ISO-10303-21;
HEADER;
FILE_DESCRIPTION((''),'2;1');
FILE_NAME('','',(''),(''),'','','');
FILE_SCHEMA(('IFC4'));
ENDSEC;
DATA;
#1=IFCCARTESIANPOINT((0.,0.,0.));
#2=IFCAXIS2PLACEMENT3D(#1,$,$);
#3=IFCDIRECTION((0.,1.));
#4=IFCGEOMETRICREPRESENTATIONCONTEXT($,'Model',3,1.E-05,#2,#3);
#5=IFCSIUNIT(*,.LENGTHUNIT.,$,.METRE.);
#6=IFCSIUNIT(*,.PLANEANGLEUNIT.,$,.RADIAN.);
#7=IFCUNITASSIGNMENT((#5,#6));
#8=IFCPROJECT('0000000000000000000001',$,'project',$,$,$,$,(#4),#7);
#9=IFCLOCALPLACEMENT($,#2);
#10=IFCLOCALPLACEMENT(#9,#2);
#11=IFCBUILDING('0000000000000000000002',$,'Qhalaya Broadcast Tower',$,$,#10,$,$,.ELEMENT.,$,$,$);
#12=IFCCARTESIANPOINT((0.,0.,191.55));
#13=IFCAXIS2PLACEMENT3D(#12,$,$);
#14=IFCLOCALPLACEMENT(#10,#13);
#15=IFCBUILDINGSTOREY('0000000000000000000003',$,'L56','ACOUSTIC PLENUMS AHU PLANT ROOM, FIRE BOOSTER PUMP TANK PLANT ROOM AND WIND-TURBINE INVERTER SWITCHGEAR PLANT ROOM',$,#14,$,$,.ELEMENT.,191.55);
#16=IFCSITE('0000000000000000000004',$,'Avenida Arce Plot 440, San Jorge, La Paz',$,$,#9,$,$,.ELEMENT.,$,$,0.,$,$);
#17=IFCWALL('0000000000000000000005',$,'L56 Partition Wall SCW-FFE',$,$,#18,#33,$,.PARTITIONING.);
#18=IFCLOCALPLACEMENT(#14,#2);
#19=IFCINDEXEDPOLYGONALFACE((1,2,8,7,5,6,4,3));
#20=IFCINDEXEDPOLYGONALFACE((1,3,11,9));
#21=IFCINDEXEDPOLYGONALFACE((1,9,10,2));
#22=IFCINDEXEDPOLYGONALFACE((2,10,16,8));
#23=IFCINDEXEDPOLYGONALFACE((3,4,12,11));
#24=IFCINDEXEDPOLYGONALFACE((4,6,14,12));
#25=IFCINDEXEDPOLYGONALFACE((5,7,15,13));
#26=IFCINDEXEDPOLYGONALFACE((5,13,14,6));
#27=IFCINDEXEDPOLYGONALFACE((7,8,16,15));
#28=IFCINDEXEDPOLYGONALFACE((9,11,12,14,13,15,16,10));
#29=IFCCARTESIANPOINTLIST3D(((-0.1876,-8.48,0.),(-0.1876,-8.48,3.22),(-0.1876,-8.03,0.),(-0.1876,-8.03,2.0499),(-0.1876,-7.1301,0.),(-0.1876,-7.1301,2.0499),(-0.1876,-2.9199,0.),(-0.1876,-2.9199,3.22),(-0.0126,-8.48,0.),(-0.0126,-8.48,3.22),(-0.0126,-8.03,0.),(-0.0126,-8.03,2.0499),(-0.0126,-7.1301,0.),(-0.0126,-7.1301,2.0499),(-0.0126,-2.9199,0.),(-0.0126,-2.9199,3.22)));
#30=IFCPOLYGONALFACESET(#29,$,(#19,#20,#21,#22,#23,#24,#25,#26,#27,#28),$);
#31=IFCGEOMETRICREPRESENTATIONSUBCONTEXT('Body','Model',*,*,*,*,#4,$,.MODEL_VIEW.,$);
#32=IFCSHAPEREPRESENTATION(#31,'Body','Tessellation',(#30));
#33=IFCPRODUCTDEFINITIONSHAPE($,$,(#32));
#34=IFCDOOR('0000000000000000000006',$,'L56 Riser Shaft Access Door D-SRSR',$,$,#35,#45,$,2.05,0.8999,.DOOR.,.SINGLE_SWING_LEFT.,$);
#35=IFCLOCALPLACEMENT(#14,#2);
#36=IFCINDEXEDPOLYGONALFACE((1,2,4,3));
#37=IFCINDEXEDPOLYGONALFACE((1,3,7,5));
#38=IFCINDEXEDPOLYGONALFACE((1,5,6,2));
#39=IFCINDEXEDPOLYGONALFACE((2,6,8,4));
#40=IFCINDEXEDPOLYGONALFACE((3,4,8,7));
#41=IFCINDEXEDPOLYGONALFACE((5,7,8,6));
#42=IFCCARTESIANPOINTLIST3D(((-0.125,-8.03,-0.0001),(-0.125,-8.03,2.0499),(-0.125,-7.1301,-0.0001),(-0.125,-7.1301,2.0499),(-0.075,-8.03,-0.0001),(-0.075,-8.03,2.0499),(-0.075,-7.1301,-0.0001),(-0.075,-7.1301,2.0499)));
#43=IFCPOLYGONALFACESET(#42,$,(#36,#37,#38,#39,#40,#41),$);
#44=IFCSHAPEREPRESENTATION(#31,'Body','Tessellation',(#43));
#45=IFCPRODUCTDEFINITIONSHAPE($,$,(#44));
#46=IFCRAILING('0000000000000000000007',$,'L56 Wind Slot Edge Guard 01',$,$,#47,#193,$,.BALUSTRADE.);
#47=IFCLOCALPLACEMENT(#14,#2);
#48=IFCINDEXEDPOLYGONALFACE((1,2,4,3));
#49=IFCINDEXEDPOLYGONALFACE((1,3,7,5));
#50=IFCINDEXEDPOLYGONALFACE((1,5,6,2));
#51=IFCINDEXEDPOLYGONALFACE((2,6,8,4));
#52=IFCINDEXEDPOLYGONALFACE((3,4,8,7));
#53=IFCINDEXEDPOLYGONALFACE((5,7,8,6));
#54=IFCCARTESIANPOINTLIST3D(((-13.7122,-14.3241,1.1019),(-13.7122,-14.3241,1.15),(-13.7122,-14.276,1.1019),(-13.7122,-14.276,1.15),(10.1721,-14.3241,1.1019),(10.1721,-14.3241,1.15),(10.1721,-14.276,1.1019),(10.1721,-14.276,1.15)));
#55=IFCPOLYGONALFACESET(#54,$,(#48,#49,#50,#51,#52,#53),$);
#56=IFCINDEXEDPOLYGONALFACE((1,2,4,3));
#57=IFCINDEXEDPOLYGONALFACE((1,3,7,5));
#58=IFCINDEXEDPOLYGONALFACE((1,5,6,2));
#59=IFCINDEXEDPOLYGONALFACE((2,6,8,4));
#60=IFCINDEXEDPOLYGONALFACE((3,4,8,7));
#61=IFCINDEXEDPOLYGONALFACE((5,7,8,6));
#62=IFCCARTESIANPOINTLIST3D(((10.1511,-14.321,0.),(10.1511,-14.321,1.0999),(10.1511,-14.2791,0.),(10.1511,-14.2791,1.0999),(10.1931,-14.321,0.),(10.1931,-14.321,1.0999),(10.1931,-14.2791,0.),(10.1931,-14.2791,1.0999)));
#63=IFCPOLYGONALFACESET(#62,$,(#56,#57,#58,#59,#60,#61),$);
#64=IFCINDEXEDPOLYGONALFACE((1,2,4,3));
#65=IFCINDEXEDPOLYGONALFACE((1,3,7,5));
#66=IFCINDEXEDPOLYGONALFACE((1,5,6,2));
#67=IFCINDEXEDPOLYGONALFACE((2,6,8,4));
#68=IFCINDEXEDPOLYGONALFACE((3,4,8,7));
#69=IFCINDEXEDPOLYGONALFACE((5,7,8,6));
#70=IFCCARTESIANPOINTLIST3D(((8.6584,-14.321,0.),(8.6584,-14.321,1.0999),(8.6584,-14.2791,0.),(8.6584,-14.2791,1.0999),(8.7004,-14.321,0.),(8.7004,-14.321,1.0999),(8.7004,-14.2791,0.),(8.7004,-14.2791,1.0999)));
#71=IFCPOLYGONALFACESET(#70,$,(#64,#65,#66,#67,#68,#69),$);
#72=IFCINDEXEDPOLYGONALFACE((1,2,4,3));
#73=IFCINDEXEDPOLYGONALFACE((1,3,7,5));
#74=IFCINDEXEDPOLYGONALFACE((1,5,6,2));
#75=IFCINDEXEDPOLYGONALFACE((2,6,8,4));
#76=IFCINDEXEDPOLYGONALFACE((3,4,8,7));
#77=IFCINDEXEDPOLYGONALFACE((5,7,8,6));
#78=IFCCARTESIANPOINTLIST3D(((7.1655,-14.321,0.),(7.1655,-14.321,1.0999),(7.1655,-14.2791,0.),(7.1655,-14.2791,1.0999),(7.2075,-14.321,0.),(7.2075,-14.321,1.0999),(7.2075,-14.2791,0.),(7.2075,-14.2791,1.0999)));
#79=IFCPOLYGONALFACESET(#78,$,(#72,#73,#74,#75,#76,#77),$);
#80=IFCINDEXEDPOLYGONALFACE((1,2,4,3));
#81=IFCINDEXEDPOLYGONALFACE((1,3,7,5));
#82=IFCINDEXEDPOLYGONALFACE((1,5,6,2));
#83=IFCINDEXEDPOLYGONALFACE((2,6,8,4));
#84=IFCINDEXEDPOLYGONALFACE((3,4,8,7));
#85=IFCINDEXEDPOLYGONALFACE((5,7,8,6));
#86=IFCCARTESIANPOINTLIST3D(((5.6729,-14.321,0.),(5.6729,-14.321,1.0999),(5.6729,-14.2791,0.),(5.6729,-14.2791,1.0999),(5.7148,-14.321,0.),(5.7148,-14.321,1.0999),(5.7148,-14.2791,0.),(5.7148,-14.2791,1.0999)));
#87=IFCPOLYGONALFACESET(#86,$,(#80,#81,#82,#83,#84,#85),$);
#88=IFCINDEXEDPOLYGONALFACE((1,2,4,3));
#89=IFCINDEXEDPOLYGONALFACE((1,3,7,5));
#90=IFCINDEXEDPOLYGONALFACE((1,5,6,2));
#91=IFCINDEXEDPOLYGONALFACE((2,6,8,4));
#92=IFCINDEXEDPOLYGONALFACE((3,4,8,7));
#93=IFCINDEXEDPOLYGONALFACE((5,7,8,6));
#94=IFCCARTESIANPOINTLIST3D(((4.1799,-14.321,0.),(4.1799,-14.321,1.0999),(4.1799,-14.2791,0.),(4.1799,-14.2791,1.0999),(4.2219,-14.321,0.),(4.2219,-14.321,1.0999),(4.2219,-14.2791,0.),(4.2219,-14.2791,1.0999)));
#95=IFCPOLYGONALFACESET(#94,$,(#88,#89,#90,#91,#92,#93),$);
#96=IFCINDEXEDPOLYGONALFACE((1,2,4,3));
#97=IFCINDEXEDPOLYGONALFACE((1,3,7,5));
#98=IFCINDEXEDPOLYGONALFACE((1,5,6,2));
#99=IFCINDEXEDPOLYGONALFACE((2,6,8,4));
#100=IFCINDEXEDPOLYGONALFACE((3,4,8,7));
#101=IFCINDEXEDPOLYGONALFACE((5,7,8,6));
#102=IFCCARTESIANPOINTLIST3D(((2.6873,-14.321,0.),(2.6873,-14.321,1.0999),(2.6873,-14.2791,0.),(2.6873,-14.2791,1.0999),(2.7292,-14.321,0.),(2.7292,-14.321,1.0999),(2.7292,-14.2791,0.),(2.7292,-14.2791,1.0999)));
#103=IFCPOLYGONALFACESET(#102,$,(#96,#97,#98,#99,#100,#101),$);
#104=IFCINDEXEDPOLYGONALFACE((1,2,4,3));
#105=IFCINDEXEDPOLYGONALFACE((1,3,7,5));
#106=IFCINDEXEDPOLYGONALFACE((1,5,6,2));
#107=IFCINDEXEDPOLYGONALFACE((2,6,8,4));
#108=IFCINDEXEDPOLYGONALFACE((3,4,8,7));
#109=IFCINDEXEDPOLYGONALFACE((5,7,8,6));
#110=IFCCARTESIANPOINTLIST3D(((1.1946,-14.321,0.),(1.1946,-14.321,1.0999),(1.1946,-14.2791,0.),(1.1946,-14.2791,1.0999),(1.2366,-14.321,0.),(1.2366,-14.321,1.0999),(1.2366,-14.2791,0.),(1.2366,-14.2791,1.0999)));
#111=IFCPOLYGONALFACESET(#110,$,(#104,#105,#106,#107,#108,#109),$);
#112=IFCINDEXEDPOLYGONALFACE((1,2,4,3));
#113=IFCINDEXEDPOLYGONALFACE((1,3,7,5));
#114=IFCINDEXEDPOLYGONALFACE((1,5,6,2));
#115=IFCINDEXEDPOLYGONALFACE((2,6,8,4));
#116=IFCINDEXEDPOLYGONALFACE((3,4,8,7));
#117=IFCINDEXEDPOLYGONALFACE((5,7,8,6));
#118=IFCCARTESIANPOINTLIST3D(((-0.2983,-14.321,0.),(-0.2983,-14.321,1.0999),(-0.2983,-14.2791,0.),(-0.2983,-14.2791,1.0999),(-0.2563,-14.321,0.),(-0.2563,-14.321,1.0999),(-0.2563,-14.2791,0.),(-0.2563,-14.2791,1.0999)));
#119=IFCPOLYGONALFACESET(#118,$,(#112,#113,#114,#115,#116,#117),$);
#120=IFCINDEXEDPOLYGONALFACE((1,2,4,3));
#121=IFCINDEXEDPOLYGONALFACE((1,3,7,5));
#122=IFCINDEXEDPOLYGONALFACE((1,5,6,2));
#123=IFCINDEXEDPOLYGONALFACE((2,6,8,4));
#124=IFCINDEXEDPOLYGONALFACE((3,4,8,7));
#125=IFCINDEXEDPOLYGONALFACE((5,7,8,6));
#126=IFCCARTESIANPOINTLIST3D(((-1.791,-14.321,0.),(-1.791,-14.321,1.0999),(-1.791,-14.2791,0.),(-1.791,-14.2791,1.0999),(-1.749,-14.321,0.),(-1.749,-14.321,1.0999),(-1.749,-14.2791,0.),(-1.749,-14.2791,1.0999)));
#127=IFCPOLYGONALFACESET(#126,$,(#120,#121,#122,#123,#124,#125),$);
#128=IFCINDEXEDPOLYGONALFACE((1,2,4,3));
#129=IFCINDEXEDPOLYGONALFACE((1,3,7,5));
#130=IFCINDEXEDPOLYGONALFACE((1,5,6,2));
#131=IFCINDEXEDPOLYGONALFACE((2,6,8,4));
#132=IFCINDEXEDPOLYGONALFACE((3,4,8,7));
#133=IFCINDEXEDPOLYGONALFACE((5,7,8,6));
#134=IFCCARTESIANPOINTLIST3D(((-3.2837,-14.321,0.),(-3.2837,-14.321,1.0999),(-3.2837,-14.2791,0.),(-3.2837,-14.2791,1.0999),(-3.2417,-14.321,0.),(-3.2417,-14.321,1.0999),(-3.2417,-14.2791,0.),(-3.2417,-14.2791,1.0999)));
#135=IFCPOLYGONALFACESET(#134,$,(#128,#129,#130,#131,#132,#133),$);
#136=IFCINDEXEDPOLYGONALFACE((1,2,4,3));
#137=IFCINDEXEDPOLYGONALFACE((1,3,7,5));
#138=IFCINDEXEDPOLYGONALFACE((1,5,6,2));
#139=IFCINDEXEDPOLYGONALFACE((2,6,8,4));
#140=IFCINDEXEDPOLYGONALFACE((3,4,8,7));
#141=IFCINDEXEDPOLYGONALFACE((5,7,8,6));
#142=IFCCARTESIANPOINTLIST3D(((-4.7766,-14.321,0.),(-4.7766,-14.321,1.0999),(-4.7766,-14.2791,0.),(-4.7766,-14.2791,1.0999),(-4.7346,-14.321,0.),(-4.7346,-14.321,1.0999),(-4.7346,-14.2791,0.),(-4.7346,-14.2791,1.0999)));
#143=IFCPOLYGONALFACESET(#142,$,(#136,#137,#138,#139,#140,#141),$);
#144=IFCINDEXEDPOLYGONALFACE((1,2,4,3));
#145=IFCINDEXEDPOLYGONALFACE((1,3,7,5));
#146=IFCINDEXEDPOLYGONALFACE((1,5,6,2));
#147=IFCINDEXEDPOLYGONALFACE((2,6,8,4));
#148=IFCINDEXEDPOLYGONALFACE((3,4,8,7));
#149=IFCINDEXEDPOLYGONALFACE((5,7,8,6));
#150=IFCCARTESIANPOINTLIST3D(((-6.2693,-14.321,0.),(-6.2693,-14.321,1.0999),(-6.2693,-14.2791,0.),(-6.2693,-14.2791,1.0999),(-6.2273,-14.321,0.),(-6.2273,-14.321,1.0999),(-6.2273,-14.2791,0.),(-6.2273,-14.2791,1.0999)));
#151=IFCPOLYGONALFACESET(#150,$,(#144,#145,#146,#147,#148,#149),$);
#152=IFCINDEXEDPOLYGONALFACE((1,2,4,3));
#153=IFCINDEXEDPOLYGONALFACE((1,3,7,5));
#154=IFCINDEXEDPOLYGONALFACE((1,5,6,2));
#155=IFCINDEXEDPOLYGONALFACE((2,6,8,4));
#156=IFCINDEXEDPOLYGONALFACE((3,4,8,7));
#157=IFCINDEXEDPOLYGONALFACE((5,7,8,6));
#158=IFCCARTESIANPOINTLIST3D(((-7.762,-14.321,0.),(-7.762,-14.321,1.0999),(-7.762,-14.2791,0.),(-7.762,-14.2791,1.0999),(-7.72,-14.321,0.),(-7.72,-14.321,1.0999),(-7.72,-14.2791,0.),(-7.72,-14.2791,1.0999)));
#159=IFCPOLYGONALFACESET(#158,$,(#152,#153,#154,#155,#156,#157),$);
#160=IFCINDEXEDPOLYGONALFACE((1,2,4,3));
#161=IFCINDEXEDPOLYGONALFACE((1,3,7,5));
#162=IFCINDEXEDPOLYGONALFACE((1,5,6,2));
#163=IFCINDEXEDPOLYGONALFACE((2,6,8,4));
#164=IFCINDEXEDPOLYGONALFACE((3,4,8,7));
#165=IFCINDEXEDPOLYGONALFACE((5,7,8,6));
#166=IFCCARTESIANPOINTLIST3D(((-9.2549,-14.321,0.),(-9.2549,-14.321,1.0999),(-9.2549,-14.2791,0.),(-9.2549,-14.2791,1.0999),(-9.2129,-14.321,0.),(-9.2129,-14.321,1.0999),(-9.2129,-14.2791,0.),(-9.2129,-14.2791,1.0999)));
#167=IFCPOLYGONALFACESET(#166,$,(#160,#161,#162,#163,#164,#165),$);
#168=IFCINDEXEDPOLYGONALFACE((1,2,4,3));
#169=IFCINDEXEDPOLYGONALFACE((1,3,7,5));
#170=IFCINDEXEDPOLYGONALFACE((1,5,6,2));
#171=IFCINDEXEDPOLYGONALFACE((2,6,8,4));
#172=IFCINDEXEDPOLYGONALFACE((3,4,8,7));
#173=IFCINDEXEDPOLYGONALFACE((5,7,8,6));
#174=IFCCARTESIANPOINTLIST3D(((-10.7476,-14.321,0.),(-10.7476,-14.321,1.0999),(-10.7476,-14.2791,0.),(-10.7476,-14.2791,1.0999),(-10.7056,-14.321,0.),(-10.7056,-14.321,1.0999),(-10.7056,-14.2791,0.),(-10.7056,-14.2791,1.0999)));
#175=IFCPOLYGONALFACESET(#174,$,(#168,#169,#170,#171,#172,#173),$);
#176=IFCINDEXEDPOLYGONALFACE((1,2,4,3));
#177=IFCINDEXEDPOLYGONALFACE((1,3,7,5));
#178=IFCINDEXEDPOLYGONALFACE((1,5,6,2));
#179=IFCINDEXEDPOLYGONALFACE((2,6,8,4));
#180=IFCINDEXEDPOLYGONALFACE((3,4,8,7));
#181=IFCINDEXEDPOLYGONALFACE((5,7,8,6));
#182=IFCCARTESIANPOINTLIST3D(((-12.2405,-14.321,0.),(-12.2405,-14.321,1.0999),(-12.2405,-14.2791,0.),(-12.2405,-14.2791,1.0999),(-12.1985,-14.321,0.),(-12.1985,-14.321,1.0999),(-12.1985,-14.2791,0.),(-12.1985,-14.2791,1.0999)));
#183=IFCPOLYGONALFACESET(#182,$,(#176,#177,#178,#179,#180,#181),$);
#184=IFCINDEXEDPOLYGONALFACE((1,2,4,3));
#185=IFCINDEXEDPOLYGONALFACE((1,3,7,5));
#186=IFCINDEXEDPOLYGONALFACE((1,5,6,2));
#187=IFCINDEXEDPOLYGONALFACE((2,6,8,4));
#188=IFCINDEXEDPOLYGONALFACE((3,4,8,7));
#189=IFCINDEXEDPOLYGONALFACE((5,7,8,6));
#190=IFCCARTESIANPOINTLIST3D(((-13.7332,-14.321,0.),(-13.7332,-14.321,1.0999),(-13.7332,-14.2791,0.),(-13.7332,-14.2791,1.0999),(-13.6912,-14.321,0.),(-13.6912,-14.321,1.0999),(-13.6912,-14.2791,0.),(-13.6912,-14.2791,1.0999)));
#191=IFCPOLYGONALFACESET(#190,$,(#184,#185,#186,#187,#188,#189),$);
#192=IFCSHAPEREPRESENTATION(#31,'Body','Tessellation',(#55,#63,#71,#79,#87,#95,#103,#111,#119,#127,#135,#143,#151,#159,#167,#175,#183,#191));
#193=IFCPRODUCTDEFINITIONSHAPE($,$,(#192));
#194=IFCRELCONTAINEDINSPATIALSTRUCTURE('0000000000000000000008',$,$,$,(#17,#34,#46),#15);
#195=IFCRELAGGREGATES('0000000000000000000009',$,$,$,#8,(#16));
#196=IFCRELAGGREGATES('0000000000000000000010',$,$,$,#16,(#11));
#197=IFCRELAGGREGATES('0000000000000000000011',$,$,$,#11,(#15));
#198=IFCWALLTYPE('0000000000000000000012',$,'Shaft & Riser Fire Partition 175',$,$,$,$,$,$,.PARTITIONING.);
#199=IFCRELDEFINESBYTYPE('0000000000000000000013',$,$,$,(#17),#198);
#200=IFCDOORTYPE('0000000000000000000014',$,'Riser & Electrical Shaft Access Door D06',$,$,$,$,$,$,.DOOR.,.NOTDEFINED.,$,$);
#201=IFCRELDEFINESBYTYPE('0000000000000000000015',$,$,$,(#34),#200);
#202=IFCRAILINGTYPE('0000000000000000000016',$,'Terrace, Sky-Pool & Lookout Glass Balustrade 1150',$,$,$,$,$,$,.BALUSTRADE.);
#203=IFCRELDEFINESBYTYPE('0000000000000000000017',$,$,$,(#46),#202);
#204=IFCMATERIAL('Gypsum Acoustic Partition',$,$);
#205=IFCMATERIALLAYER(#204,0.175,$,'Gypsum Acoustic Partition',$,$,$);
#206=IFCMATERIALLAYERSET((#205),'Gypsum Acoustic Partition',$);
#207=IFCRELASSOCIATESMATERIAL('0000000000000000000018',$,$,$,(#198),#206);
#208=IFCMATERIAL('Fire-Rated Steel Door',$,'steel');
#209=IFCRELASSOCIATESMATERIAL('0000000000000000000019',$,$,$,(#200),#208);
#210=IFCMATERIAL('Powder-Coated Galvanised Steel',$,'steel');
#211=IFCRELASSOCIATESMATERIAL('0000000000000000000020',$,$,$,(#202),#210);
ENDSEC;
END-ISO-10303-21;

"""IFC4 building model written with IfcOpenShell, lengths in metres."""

from ifc_helpers import new_model, si_unit, direction, frame, frame_2d, origin, origin_2d, place, context, subcontext, project, spatial, rectangle, extrude, material, layer, layer_set, type_object, element, fill, save


model = new_model("IFC4")

# Units and contexts
model_context = context("Model", 3, precision=1e-05, world=origin(), true_north=direction((0.0, 1.0)))
body_context = subcontext(model_context, "Body", "Model", "MODEL_VIEW")
ifc_project = project(units=[si_unit("LENGTHUNIT", "METRE"), si_unit("PLANEANGLEUNIT", "RADIAN")], contexts=[model_context])

# Site, building, storey
site_placement = place(None, origin())
site = spatial("IfcSite", under=ifc_project, at=site_placement, Name="Avenida Arce Plot 440, San Jorge, La Paz", CompositionType="ELEMENT", RefElevation=0.0)
building_placement = place(site_placement, origin())
building = spatial("IfcBuilding", under=site, at=building_placement, Name="Qhalaya Broadcast Tower", CompositionType="ELEMENT")
storey_placement = place(building_placement, frame((0.0, 0.0, 191.55)))
storey = spatial("IfcBuildingStorey", under=building, at=storey_placement, Name="L56", Description="ACOUSTIC PLENUMS AHU PLANT ROOM, FIRE BOOSTER PUMP TANK PLANT ROOM AND WIND-TURBINE INVERTER SWITCHGEAR PLANT ROOM", CompositionType="ELEMENT", Elevation=191.55)

# Shared definitions
ifc_material_1 = material(Name="Gypsum Acoustic Partition")

# Wall, opening, door
ifc_layer_1 = layer(ifc_material_1, 0.175, Name="Gypsum Acoustic Partition")
ifc_layer_set_1 = layer_set([ifc_layer_1], Name="Gypsum Acoustic Partition")
wall_type_1 = type_object("IfcWallType", Name="Shaft & Riser Fire Partition 175", PredefinedType="PARTITIONING", material=ifc_layer_set_1)
wall_1_placement = place(storey_placement, frame((-0.1001, -8.48, 0.0), z_axis=(0.0, 0.0, 1.0), x_axis=(0.0, 1.0, 0.0)))
wall_1 = element("IfcWall", 1, at=wall_1_placement, inside=storey, type_object=wall_type_1, Name="L56 Partition Wall SCW-FFE", PredefinedType="PARTITIONING", context=body_context, shape_type="SweptSolid", body=[
    extrude(rectangle(XDim=5.5601, YDim=0.175, at=frame_2d((2.78, 0.0))), origin(), (0.0, 0.0, 1.0), 3.22),
])
opening_placement = place(wall_1_placement, frame((0.45, 0.0, 0.0)))
opening = element("IfcOpeningElement", 2, at=opening_placement, cuts=wall_1, PredefinedType="OPENING", context=body_context, shape_type="SweptSolid", body=[
    extrude(rectangle(XDim=0.8999, YDim=2.05, at=frame_2d((0.45, 1.0249))), frame((0.0, 0.0996, 0.0), z_axis=(0.0, -1.0, 0.0), x_axis=(1.0, 0.0, 0.0)), (0.0, 0.0, 1.0), 0.199),
])
ifc_material_2 = material(Name="Fire-Rated Steel Door", Category="steel")
door_type = type_object("IfcDoorType", Name="Riser & Electrical Shaft Access Door D06", OperationType="NOTDEFINED", PredefinedType="DOOR", material=ifc_material_2)
door_placement = place(opening_placement, origin())
door = element("IfcDoor", 3, at=door_placement, inside=storey, type_object=door_type, Name="L56 Riser Shaft Access Door D-SRSR", OperationType="SINGLE_SWING_LEFT", OverallHeight=2.05, OverallWidth=0.8999, PredefinedType="DOOR", context=body_context, shape_type="SweptSolid", body=[
    extrude(rectangle(XDim=0.8999, YDim=2.05, at=frame_2d((0.45, 1.0249))), frame((0.0, 0.0249, 0.0), z_axis=(0.0, -1.0, 0.0), x_axis=(1.0, 0.0, 0.0)), (0.0, 0.0, 1.0), 0.05),
])
fill(opening, door)

# Railing
ifc_material_3 = material(Name="Powder-Coated Galvanised Steel", Category="steel")
railing_type = type_object("IfcRailingType", Name="Terrace, Sky-Pool & Lookout Glass Balustrade 1150", PredefinedType="BALUSTRADE", material=ifc_material_3)
railing_1_placement = place(storey_placement, frame((10.1721, -14.3, 0.0)))
element("IfcRailing", 4, at=railing_1_placement, inside=storey, type_object=railing_type, Name="L56 Wind Slot Edge Guard 01", PredefinedType="BALUSTRADE", context=body_context, shape_type="SweptSolid", body=[
    extrude(rectangle(XDim=0.0481, YDim=0.0481, at=origin_2d()), frame((0.0, 0.0, 1.126), z_axis=(-1.0, 0.0, 0.0), x_axis=(0.0, -1.0, 0.0)), (0.0, 0.0, 1.0), 23.8843),
    extrude(rectangle(XDim=0.042, YDim=0.042, at=origin_2d()), origin(), (0.0, 0.0, 1.0), 1.0999),
    extrude(rectangle(XDim=0.042, YDim=0.042, at=origin_2d()), frame((-1.4927, 0.0, 0.0)), (0.0, 0.0, 1.0), 1.0999),
    extrude(rectangle(XDim=0.042, YDim=0.042, at=origin_2d()), frame((-2.9856, 0.0, 0.0)), (0.0, 0.0, 1.0), 1.0999),
    extrude(rectangle(XDim=0.042, YDim=0.042, at=origin_2d()), frame((-4.4783, 0.0, 0.0)), (0.0, 0.0, 1.0), 1.0999),
    extrude(rectangle(XDim=0.042, YDim=0.042, at=origin_2d()), frame((-5.9712, 0.0, 0.0)), (0.0, 0.0, 1.0), 1.0999),
    extrude(rectangle(XDim=0.042, YDim=0.042, at=origin_2d()), frame((-7.4639, 0.0, 0.0)), (0.0, 0.0, 1.0), 1.0999),
    extrude(rectangle(XDim=0.042, YDim=0.042, at=origin_2d()), frame((-8.9565, 0.0, 0.0)), (0.0, 0.0, 1.0), 1.0999),
    extrude(rectangle(XDim=0.042, YDim=0.042, at=origin_2d()), frame((-10.4495, 0.0, 0.0)), (0.0, 0.0, 1.0), 1.0999),
    extrude(rectangle(XDim=0.042, YDim=0.042, at=origin_2d()), frame((-11.9421, 0.0, 0.0)), (0.0, 0.0, 1.0), 1.0999),
    extrude(rectangle(XDim=0.042, YDim=0.042, at=origin_2d()), frame((-13.4348, 0.0, 0.0)), (0.0, 0.0, 1.0), 1.0999),
    extrude(rectangle(XDim=0.042, YDim=0.042, at=origin_2d()), frame((-14.9277, 0.0, 0.0)), (0.0, 0.0, 1.0), 1.0999),
    extrude(rectangle(XDim=0.042, YDim=0.042, at=origin_2d()), frame((-16.4204, 0.0, 0.0)), (0.0, 0.0, 1.0), 1.0999),
    extrude(rectangle(XDim=0.042, YDim=0.042, at=origin_2d()), frame((-17.9131, 0.0, 0.0)), (0.0, 0.0, 1.0), 1.0999),
    extrude(rectangle(XDim=0.042, YDim=0.042, at=origin_2d()), frame((-19.406, 0.0, 0.0)), (0.0, 0.0, 1.0), 1.0999),
    extrude(rectangle(XDim=0.042, YDim=0.042, at=origin_2d()), frame((-20.8987, 0.0, 0.0)), (0.0, 0.0, 1.0), 1.0999),
    extrude(rectangle(XDim=0.042, YDim=0.042, at=origin_2d()), frame((-22.3916, 0.0, 0.0)), (0.0, 0.0, 1.0), 1.0999),
    extrude(rectangle(XDim=0.042, YDim=0.042, at=origin_2d()), frame((-23.8843, 0.0, 0.0)), (0.0, 0.0, 1.0), 1.0999),
])

save(model, "model.ifc")
